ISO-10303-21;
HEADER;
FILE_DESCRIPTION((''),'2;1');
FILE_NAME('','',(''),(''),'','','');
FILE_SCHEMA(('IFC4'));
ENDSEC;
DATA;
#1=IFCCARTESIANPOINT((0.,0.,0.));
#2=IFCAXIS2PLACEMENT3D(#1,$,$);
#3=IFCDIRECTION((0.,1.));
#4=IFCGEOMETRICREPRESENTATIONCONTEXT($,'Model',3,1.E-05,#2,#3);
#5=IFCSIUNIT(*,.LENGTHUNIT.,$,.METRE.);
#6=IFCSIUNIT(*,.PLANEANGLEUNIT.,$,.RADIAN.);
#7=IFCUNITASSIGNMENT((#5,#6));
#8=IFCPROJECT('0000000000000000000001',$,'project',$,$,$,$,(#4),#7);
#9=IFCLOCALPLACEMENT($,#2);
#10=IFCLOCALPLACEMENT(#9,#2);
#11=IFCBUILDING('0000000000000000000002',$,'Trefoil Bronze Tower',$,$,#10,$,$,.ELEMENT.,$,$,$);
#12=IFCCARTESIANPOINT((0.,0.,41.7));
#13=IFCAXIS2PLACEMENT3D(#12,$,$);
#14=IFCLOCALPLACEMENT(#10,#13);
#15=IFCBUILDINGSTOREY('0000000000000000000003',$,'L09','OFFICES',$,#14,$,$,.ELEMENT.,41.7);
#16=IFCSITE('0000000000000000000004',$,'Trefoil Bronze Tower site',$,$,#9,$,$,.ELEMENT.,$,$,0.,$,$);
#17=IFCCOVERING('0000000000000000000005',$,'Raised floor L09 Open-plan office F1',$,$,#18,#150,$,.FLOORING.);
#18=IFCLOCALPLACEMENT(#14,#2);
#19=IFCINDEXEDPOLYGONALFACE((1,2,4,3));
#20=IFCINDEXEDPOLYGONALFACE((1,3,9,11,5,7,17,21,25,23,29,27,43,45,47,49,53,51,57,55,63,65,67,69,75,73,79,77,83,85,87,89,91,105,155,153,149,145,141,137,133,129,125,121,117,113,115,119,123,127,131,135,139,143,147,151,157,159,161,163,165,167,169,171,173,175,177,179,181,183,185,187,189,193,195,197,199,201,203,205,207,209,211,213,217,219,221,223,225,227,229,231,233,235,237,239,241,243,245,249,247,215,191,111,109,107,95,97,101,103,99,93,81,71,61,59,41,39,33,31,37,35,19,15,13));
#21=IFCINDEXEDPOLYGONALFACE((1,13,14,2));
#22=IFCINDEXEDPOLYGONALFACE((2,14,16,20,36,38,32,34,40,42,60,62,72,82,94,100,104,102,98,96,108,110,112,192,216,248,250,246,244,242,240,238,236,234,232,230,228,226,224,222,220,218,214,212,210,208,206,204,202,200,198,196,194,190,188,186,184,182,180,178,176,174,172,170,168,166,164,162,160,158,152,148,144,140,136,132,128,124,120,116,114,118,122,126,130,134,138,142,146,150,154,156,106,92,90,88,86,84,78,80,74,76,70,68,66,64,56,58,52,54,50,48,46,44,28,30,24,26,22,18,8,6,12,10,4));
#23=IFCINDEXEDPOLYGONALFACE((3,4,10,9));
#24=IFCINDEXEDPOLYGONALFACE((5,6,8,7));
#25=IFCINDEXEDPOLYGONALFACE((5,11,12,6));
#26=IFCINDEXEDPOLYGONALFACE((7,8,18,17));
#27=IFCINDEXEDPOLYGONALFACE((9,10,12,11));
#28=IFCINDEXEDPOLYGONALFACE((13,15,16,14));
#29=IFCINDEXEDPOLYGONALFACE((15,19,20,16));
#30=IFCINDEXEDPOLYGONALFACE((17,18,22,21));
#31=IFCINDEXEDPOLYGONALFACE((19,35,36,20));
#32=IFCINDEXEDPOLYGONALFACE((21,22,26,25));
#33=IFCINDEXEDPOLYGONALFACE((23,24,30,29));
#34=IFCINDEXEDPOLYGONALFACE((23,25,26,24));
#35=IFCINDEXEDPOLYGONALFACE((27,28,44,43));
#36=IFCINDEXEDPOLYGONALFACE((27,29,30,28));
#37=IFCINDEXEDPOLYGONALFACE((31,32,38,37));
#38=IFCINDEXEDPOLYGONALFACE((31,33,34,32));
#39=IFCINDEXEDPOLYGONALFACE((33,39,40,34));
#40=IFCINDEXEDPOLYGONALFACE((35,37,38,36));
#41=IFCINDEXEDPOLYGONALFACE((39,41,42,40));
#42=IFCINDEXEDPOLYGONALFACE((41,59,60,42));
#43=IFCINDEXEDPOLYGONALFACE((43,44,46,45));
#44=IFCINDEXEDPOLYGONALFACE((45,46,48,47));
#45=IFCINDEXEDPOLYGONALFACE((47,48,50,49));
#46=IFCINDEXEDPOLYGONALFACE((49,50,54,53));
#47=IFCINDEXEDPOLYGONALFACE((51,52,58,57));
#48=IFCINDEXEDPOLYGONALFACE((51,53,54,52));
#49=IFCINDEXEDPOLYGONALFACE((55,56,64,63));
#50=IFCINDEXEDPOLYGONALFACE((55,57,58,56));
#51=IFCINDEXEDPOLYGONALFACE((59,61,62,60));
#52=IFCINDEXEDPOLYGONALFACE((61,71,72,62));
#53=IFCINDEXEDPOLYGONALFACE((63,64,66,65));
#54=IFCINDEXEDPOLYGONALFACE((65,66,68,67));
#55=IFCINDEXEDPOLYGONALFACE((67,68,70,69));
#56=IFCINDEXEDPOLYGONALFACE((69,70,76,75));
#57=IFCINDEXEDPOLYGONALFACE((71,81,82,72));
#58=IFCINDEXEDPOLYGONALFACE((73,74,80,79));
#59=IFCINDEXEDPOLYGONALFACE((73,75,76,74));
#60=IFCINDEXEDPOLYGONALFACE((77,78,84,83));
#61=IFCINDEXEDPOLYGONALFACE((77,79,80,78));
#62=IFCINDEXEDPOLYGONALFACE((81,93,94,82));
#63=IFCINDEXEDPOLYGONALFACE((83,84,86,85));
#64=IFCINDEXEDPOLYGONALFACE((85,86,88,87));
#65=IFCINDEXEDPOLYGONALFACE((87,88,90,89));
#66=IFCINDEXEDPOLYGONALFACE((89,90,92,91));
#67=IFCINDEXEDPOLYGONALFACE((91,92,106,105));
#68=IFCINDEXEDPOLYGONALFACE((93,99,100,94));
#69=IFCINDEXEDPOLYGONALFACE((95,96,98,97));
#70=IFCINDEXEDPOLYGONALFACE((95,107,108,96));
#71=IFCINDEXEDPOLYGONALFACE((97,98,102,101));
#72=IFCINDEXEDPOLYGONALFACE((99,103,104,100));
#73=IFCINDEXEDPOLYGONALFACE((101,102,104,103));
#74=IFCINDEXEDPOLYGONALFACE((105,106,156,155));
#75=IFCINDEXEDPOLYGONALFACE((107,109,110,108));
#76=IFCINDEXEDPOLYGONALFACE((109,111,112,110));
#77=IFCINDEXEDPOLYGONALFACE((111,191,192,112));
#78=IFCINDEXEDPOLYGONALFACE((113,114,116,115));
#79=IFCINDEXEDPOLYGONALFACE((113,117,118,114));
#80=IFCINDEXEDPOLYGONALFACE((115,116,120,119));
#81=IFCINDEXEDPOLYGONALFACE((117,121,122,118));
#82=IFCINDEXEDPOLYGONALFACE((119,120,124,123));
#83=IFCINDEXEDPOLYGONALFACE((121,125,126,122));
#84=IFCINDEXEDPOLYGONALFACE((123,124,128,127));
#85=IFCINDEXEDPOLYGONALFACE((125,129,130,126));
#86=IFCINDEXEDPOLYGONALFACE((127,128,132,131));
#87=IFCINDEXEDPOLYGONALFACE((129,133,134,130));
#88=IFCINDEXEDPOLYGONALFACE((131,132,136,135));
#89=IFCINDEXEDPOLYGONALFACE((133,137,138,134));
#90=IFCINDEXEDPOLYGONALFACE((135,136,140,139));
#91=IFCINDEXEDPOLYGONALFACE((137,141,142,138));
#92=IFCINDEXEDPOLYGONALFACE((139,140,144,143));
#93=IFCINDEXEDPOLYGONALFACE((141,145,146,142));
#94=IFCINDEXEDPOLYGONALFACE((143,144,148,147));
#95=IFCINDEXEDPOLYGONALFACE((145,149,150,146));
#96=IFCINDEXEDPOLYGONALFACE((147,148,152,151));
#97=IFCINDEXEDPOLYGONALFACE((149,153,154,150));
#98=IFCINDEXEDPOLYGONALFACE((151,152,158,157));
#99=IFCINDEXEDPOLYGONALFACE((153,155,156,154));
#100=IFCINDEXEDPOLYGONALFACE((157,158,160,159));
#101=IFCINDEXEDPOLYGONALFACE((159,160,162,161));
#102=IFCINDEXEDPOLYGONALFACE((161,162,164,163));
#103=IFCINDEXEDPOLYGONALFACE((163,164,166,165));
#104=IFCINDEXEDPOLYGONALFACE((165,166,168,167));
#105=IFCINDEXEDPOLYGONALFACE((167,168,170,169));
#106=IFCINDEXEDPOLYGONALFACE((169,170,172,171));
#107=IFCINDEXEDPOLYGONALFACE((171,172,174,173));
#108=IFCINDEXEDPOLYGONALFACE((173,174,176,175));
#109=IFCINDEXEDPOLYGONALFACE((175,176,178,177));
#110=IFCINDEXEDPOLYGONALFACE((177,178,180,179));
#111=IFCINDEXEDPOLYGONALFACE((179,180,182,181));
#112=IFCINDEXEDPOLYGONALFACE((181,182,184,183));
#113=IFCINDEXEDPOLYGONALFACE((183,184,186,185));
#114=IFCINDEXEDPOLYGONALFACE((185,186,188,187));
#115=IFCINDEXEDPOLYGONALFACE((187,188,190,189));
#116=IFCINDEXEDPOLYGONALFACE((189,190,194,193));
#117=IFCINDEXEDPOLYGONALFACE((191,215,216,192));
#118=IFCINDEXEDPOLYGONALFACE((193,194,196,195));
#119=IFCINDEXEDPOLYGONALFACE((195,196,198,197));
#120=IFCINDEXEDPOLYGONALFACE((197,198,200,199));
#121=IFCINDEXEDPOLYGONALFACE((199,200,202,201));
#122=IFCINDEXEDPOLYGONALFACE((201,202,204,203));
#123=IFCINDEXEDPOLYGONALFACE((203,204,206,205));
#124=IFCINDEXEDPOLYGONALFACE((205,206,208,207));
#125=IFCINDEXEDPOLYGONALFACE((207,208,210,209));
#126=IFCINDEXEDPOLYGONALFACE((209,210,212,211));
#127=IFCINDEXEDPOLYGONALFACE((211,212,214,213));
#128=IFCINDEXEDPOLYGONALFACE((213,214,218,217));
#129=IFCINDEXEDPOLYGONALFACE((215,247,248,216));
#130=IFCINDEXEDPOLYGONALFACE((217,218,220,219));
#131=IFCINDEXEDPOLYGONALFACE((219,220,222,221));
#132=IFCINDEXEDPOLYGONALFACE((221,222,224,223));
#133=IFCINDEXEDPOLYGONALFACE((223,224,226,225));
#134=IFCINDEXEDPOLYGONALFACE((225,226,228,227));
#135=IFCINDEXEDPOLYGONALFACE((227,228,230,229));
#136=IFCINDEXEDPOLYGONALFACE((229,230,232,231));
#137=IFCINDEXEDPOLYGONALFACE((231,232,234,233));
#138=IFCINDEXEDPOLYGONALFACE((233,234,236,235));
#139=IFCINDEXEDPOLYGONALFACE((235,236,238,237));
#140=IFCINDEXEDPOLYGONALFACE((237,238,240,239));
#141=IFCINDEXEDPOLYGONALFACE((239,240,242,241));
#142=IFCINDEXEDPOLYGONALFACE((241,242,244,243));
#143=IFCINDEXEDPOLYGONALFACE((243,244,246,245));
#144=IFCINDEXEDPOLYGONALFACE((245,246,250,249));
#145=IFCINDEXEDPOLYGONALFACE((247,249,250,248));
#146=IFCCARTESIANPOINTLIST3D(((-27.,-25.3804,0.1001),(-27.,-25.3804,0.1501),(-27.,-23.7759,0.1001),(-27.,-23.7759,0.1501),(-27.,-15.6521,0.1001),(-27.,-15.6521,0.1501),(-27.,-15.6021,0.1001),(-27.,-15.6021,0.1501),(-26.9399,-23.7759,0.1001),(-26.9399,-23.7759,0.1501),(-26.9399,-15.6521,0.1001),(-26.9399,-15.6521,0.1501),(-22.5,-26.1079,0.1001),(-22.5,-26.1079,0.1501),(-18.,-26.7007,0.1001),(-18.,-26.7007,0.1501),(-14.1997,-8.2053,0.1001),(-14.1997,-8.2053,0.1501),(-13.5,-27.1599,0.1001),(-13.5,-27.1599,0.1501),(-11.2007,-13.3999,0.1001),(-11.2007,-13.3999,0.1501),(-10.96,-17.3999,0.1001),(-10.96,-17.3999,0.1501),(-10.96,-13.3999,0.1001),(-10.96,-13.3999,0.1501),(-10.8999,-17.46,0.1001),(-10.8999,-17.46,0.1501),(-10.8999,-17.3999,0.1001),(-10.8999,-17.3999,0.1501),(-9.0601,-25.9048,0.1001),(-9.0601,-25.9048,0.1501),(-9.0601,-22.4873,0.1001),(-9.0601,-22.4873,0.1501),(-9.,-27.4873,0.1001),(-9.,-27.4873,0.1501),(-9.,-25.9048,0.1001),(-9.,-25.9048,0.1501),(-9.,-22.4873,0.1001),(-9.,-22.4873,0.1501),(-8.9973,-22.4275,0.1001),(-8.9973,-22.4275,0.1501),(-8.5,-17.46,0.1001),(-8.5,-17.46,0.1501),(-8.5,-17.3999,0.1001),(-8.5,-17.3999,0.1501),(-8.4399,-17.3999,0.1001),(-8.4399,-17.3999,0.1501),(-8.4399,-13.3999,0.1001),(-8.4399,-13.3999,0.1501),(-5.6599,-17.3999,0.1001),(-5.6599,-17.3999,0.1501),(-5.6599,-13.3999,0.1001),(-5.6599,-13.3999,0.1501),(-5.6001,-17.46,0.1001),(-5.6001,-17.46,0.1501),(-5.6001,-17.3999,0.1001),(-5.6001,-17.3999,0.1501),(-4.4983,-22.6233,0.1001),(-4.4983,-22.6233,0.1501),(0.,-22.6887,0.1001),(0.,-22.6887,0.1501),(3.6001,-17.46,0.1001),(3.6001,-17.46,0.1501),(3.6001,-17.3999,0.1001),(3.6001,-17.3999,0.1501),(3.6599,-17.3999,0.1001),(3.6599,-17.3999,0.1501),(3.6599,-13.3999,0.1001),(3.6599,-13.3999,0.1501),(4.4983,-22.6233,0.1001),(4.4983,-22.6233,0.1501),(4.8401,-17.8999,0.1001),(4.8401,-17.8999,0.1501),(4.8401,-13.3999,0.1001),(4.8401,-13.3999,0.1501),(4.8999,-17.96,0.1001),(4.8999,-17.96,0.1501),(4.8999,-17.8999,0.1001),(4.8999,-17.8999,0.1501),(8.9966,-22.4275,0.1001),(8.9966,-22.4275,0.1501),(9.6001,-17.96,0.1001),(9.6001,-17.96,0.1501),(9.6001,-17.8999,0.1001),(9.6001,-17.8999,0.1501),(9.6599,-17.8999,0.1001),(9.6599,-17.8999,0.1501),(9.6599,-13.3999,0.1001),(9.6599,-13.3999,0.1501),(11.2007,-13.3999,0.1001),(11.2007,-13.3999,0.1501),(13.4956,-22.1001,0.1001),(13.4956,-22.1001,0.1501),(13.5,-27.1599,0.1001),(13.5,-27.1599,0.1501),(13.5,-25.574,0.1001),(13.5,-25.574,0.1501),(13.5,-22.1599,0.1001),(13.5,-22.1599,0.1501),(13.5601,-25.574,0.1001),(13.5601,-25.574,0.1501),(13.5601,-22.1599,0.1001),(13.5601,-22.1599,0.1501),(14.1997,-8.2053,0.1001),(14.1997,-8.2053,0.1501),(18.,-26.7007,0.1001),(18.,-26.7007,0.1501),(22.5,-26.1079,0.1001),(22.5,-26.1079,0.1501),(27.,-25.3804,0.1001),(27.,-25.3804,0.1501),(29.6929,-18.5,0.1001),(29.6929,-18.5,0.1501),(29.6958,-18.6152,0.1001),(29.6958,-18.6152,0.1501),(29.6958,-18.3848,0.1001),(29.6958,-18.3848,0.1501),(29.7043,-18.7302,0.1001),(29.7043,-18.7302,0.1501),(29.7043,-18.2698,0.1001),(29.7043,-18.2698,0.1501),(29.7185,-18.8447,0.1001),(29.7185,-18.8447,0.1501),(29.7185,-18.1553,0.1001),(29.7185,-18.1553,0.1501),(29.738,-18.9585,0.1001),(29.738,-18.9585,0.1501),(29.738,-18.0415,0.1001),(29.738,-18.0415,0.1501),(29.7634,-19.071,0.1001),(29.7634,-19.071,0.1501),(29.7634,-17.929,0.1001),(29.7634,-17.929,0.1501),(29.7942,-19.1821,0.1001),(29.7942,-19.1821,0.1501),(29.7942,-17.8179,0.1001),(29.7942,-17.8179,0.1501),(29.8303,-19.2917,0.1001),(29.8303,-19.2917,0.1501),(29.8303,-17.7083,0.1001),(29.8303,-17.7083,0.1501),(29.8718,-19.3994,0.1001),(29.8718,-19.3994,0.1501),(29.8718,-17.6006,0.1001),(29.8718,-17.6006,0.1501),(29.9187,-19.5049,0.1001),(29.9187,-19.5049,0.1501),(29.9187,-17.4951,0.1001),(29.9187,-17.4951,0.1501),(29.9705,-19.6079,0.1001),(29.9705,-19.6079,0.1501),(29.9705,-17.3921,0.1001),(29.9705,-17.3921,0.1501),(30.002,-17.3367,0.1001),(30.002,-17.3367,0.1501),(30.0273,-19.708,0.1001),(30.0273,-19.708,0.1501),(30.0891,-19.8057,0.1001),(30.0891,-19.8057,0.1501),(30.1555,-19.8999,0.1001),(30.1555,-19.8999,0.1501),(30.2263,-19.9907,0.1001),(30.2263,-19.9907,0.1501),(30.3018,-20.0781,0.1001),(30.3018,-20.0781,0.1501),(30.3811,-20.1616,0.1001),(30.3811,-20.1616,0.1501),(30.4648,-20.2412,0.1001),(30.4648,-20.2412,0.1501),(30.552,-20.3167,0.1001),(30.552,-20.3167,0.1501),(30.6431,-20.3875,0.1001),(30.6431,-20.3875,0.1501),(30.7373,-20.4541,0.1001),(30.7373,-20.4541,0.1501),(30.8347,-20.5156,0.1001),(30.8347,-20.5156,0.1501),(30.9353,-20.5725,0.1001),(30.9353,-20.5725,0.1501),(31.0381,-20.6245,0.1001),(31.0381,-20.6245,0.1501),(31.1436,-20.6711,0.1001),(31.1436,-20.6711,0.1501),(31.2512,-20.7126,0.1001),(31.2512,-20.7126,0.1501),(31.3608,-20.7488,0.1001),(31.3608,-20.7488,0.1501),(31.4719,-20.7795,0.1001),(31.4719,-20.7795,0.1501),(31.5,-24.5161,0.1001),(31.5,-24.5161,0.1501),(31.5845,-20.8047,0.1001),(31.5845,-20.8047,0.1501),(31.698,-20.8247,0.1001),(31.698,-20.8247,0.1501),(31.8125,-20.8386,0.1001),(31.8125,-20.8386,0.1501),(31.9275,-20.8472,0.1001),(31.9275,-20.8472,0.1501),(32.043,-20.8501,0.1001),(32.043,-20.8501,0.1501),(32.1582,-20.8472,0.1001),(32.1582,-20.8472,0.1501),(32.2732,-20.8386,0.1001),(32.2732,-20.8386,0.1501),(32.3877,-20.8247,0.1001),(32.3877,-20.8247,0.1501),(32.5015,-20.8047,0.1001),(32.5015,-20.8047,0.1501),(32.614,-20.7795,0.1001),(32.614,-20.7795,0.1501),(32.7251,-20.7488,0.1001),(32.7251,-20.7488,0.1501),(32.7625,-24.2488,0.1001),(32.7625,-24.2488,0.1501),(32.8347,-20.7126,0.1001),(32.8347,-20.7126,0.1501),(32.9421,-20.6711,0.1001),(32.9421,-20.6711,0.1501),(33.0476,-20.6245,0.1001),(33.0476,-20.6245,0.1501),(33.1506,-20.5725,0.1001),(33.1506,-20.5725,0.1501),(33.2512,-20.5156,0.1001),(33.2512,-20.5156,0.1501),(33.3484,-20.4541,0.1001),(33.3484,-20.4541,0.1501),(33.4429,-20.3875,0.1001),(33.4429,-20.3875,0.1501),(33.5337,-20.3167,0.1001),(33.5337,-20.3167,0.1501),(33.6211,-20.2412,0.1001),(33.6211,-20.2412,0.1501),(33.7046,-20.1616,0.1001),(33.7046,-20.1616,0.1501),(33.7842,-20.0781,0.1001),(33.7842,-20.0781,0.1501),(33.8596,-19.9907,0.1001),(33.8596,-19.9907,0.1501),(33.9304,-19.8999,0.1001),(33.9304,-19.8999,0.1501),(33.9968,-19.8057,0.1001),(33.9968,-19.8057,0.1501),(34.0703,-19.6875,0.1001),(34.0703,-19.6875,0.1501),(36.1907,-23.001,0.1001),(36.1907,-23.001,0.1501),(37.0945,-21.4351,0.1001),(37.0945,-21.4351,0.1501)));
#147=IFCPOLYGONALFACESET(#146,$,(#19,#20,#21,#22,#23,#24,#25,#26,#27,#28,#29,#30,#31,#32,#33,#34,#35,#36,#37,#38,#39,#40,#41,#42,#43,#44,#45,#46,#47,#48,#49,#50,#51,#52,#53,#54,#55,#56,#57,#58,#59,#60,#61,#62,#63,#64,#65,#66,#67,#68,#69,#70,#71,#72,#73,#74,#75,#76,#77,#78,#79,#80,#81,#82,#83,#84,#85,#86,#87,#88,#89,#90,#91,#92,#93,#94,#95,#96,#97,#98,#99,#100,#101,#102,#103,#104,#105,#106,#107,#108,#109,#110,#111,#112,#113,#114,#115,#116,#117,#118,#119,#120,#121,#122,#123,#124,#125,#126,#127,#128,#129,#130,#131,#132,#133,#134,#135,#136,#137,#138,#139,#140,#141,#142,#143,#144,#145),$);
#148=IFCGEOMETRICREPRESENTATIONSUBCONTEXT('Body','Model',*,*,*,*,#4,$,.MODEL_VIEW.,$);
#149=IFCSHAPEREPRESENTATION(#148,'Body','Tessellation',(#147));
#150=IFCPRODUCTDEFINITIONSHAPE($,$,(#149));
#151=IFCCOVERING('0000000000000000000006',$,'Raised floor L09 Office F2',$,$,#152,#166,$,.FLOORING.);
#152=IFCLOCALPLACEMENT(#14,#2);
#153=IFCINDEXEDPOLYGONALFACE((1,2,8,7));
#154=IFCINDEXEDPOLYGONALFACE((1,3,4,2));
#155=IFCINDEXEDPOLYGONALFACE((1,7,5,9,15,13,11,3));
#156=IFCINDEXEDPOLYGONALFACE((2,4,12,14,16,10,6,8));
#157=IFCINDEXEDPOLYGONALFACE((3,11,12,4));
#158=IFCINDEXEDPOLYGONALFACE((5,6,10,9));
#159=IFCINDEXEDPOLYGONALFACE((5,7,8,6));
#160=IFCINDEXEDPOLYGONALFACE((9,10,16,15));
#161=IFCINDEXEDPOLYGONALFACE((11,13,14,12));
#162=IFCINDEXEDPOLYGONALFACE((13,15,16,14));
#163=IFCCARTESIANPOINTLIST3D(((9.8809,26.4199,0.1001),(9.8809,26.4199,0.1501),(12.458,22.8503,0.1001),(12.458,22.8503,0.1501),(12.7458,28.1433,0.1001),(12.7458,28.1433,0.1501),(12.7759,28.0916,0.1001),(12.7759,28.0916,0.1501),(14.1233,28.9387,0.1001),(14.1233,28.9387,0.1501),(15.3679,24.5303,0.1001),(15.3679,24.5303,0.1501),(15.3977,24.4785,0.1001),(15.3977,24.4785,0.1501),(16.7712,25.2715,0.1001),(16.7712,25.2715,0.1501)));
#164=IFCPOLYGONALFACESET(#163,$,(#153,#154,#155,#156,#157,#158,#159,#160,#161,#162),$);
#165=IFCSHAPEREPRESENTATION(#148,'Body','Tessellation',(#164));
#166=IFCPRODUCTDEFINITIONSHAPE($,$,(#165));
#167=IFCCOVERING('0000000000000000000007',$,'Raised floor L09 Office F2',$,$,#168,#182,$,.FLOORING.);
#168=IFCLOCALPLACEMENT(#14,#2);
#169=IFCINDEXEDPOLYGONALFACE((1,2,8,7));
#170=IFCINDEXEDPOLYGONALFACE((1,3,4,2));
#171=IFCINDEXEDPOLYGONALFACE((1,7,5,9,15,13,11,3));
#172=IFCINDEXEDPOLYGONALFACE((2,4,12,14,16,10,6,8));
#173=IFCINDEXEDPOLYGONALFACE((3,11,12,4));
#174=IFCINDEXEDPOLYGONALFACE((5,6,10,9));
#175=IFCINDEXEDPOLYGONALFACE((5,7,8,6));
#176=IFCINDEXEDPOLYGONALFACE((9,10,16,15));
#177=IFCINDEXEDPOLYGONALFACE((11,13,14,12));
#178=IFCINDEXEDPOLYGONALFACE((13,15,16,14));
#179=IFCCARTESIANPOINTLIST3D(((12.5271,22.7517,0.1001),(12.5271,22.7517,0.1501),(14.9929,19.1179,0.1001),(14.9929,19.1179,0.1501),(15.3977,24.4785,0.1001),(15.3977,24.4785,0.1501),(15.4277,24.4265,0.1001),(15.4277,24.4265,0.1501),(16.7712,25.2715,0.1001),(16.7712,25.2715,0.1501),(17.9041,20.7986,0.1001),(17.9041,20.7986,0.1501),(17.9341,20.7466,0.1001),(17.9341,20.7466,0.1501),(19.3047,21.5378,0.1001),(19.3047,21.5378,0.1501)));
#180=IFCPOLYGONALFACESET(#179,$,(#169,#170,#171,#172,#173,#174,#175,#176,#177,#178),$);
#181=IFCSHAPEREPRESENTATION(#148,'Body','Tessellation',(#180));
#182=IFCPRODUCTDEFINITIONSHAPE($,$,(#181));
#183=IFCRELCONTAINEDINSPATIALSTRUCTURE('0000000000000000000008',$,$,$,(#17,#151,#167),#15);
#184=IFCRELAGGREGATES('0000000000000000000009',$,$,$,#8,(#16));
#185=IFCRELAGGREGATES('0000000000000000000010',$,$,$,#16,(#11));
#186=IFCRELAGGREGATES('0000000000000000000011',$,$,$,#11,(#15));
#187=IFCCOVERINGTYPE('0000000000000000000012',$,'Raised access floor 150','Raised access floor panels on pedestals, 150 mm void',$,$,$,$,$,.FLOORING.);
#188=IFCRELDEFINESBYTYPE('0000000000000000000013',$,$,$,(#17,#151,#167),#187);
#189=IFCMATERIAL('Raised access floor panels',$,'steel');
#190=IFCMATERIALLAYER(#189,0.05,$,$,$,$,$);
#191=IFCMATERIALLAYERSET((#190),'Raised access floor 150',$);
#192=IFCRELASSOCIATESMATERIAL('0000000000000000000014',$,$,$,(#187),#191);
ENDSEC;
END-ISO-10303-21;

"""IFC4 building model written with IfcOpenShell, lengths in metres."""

from ifc_helpers import new_model, si_unit, direction, frame, origin, place, context, subcontext, project, spatial, polyline, outline, extrude, material, layer, layer_set, type_object, element, save


model = new_model("IFC4")

# Units and contexts
model_context = context("Model", 3, precision=1e-05, world=origin(), true_north=direction((0.0, 1.0)))
body_context = subcontext(model_context, "Body", "Model", "MODEL_VIEW")
ifc_project = project(units=[si_unit("LENGTHUNIT", "METRE"), si_unit("PLANEANGLEUNIT", "RADIAN")], contexts=[model_context])

# Site, building, storey
site_placement = place(None, origin())
site = spatial("IfcSite", under=ifc_project, at=site_placement, Name="Trefoil Bronze Tower site", CompositionType="ELEMENT", RefElevation=0.0)
building_placement = place(site_placement, origin())
building = spatial("IfcBuilding", under=site, at=building_placement, Name="Trefoil Bronze Tower", CompositionType="ELEMENT")
storey_placement = place(building_placement, frame((0.0, 0.0, 41.7)))
storey = spatial("IfcBuildingStorey", under=building, at=storey_placement, Name="L09", Description="OFFICES", CompositionType="ELEMENT", Elevation=41.7)

# Coverings
ifc_material_1 = material(Name="Raised access floor panels", Category="steel")
ifc_layer_1 = layer(ifc_material_1, 0.05)
ifc_layer_set_1 = layer_set([ifc_layer_1], Name="Raised access floor 150")
covering_type_1 = type_object("IfcCoveringType", Name="Raised access floor 150", Description="Raised access floor panels on pedestals, 150 mm void", PredefinedType="FLOORING", material=ifc_layer_set_1)
covering_1_placement = place(storey_placement, frame((0.0, 0.0, 0.1001)))
element("IfcCovering", 1, at=covering_1_placement, inside=storey, type_object=covering_type_1, Name="Raised floor L09 Open-plan office F1", PredefinedType="FLOORING", context=body_context, shape_type="SweptSolid", body=[
    extrude(outline(polyline([(-14.1997, -8.2053), (-11.2007, -13.3999), (-10.96, -13.3999), (-10.96, -17.3999), (-10.8999, -17.3999), (-10.8999, -17.46), (-8.5, -17.46), (-8.5, -17.3999), (-8.4399, -17.3999), (-8.4399, -13.3999), (-5.6599, -13.3999), (-5.6599, -17.3999), (-5.6001, -17.3999), (-5.6001, -17.46), (3.6001, -17.46), (3.6001, -17.3999), (3.6599, -17.3999), (3.6599, -13.3999), (4.8401, -13.3999), (4.8401, -17.8999), (4.8999, -17.8999), (4.8999, -17.96), (9.6001, -17.96), (9.6001, -17.8999), (9.6599, -17.8999), (9.6599, -13.3999), (11.2007, -13.3999), (14.1997, -8.2053), (30.002, -17.3367), (29.9705, -17.3921), (29.9187, -17.4951), (29.8718, -17.6006), (29.8303, -17.7083), (29.7942, -17.8179), (29.7634, -17.929), (29.738, -18.0415), (29.7185, -18.1553), (29.7043, -18.2698), (29.6958, -18.3848), (29.6929, -18.5), (29.6958, -18.6152), (29.7043, -18.7302), (29.7185, -18.8447), (29.738, -18.9585), (29.7634, -19.071), (29.7942, -19.1821), (29.8303, -19.2917), (29.8718, -19.3994), (29.9187, -19.5049), (29.9705, -19.6079), (30.0273, -19.708), (30.0891, -19.8057), (30.1555, -19.8999), (30.2263, -19.9907), (30.3018, -20.0781), (30.3811, -20.1616), (30.4648, -20.2412), (30.552, -20.3167), (30.6431, -20.3875), (30.7373, -20.4541), (30.8347, -20.5156), (30.9353, -20.5725), (31.0381, -20.6245), (31.1436, -20.6711), (31.2512, -20.7126), (31.3608, -20.7488), (31.4719, -20.7795), (31.5845, -20.8047), (31.698, -20.8247), (31.8125, -20.8386), (31.9275, -20.8472), (32.043, -20.8501), (32.1582, -20.8472), (32.2732, -20.8386), (32.3877, -20.8247), (32.5015, -20.8047), (32.614, -20.7795), (32.7251, -20.7488), (32.8347, -20.7126), (32.9421, -20.6711), (33.0476, -20.6245), (33.1506, -20.5725), (33.2512, -20.5156), (33.3484, -20.4541), (33.4429, -20.3875), (33.5337, -20.3167), (33.6211, -20.2412), (33.7046, -20.1616), (33.7842, -20.0781), (33.8596, -19.9907), (33.9304, -19.8999), (33.9968, -19.8057), (34.0703, -19.6875), (37.0945, -21.4351), (36.1907, -23.001), (32.7625, -24.2488), (31.5, -24.5161), (27.0, -25.3804), (22.5, -26.1079), (18.0, -26.7007), (13.5, -27.1599), (13.5, -25.574), (13.5601, -25.574), (13.5601, -22.1599), (13.5, -22.1599), (13.4956, -22.1001), (8.9966, -22.4275), (4.4983, -22.6233), (0.0, -22.6887), (-4.4983, -22.6233), (-8.9973, -22.4275), (-9.0, -22.4873), (-9.0601, -22.4873), (-9.0601, -25.9048), (-9.0, -25.9048), (-9.0, -27.4873), (-13.5, -27.1599), (-18.0, -26.7007), (-22.5, -26.1079), (-27.0, -25.3804), (-27.0, -23.7759), (-26.9399, -23.7759), (-26.9399, -15.6521), (-27.0, -15.6521), (-27.0, -15.6021), (-14.1997, -8.2053)])), origin(), (0.0, 0.0, 1.0), 0.05),
])
covering_2_placement = place(storey_placement, frame((0.0, 0.0, 0.1001)))
element("IfcCovering", 2, at=covering_2_placement, inside=storey, type_object=covering_type_1, Name="Raised floor L09 Office F2", PredefinedType="FLOORING", context=body_context, shape_type="SweptSolid", body=[
    extrude(outline(polyline([(16.7712, 25.2715), (15.3977, 24.4785), (15.3679, 24.5303), (12.458, 22.8503), (9.8809, 26.4199), (12.7759, 28.0916), (12.7458, 28.1433), (14.1233, 28.9387), (16.7712, 25.2715)])), origin(), (0.0, 0.0, 1.0), 0.05),
])
covering_3_placement = place(storey_placement, frame((0.0, 0.0, 0.1001)))
element("IfcCovering", 3, at=covering_3_placement, inside=storey, type_object=covering_type_1, Name="Raised floor L09 Office F2", PredefinedType="FLOORING", context=body_context, shape_type="SweptSolid", body=[
    extrude(outline(polyline([(16.7712, 25.2715), (19.3047, 21.5378), (17.9341, 20.7466), (17.9041, 20.7986), (14.9929, 19.1179), (12.5271, 22.7517), (15.4277, 24.4265), (15.3977, 24.4785), (16.7712, 25.2715)])), origin(), (0.0, 0.0, 1.0), 0.05),
])

save(model, "model.ifc")
